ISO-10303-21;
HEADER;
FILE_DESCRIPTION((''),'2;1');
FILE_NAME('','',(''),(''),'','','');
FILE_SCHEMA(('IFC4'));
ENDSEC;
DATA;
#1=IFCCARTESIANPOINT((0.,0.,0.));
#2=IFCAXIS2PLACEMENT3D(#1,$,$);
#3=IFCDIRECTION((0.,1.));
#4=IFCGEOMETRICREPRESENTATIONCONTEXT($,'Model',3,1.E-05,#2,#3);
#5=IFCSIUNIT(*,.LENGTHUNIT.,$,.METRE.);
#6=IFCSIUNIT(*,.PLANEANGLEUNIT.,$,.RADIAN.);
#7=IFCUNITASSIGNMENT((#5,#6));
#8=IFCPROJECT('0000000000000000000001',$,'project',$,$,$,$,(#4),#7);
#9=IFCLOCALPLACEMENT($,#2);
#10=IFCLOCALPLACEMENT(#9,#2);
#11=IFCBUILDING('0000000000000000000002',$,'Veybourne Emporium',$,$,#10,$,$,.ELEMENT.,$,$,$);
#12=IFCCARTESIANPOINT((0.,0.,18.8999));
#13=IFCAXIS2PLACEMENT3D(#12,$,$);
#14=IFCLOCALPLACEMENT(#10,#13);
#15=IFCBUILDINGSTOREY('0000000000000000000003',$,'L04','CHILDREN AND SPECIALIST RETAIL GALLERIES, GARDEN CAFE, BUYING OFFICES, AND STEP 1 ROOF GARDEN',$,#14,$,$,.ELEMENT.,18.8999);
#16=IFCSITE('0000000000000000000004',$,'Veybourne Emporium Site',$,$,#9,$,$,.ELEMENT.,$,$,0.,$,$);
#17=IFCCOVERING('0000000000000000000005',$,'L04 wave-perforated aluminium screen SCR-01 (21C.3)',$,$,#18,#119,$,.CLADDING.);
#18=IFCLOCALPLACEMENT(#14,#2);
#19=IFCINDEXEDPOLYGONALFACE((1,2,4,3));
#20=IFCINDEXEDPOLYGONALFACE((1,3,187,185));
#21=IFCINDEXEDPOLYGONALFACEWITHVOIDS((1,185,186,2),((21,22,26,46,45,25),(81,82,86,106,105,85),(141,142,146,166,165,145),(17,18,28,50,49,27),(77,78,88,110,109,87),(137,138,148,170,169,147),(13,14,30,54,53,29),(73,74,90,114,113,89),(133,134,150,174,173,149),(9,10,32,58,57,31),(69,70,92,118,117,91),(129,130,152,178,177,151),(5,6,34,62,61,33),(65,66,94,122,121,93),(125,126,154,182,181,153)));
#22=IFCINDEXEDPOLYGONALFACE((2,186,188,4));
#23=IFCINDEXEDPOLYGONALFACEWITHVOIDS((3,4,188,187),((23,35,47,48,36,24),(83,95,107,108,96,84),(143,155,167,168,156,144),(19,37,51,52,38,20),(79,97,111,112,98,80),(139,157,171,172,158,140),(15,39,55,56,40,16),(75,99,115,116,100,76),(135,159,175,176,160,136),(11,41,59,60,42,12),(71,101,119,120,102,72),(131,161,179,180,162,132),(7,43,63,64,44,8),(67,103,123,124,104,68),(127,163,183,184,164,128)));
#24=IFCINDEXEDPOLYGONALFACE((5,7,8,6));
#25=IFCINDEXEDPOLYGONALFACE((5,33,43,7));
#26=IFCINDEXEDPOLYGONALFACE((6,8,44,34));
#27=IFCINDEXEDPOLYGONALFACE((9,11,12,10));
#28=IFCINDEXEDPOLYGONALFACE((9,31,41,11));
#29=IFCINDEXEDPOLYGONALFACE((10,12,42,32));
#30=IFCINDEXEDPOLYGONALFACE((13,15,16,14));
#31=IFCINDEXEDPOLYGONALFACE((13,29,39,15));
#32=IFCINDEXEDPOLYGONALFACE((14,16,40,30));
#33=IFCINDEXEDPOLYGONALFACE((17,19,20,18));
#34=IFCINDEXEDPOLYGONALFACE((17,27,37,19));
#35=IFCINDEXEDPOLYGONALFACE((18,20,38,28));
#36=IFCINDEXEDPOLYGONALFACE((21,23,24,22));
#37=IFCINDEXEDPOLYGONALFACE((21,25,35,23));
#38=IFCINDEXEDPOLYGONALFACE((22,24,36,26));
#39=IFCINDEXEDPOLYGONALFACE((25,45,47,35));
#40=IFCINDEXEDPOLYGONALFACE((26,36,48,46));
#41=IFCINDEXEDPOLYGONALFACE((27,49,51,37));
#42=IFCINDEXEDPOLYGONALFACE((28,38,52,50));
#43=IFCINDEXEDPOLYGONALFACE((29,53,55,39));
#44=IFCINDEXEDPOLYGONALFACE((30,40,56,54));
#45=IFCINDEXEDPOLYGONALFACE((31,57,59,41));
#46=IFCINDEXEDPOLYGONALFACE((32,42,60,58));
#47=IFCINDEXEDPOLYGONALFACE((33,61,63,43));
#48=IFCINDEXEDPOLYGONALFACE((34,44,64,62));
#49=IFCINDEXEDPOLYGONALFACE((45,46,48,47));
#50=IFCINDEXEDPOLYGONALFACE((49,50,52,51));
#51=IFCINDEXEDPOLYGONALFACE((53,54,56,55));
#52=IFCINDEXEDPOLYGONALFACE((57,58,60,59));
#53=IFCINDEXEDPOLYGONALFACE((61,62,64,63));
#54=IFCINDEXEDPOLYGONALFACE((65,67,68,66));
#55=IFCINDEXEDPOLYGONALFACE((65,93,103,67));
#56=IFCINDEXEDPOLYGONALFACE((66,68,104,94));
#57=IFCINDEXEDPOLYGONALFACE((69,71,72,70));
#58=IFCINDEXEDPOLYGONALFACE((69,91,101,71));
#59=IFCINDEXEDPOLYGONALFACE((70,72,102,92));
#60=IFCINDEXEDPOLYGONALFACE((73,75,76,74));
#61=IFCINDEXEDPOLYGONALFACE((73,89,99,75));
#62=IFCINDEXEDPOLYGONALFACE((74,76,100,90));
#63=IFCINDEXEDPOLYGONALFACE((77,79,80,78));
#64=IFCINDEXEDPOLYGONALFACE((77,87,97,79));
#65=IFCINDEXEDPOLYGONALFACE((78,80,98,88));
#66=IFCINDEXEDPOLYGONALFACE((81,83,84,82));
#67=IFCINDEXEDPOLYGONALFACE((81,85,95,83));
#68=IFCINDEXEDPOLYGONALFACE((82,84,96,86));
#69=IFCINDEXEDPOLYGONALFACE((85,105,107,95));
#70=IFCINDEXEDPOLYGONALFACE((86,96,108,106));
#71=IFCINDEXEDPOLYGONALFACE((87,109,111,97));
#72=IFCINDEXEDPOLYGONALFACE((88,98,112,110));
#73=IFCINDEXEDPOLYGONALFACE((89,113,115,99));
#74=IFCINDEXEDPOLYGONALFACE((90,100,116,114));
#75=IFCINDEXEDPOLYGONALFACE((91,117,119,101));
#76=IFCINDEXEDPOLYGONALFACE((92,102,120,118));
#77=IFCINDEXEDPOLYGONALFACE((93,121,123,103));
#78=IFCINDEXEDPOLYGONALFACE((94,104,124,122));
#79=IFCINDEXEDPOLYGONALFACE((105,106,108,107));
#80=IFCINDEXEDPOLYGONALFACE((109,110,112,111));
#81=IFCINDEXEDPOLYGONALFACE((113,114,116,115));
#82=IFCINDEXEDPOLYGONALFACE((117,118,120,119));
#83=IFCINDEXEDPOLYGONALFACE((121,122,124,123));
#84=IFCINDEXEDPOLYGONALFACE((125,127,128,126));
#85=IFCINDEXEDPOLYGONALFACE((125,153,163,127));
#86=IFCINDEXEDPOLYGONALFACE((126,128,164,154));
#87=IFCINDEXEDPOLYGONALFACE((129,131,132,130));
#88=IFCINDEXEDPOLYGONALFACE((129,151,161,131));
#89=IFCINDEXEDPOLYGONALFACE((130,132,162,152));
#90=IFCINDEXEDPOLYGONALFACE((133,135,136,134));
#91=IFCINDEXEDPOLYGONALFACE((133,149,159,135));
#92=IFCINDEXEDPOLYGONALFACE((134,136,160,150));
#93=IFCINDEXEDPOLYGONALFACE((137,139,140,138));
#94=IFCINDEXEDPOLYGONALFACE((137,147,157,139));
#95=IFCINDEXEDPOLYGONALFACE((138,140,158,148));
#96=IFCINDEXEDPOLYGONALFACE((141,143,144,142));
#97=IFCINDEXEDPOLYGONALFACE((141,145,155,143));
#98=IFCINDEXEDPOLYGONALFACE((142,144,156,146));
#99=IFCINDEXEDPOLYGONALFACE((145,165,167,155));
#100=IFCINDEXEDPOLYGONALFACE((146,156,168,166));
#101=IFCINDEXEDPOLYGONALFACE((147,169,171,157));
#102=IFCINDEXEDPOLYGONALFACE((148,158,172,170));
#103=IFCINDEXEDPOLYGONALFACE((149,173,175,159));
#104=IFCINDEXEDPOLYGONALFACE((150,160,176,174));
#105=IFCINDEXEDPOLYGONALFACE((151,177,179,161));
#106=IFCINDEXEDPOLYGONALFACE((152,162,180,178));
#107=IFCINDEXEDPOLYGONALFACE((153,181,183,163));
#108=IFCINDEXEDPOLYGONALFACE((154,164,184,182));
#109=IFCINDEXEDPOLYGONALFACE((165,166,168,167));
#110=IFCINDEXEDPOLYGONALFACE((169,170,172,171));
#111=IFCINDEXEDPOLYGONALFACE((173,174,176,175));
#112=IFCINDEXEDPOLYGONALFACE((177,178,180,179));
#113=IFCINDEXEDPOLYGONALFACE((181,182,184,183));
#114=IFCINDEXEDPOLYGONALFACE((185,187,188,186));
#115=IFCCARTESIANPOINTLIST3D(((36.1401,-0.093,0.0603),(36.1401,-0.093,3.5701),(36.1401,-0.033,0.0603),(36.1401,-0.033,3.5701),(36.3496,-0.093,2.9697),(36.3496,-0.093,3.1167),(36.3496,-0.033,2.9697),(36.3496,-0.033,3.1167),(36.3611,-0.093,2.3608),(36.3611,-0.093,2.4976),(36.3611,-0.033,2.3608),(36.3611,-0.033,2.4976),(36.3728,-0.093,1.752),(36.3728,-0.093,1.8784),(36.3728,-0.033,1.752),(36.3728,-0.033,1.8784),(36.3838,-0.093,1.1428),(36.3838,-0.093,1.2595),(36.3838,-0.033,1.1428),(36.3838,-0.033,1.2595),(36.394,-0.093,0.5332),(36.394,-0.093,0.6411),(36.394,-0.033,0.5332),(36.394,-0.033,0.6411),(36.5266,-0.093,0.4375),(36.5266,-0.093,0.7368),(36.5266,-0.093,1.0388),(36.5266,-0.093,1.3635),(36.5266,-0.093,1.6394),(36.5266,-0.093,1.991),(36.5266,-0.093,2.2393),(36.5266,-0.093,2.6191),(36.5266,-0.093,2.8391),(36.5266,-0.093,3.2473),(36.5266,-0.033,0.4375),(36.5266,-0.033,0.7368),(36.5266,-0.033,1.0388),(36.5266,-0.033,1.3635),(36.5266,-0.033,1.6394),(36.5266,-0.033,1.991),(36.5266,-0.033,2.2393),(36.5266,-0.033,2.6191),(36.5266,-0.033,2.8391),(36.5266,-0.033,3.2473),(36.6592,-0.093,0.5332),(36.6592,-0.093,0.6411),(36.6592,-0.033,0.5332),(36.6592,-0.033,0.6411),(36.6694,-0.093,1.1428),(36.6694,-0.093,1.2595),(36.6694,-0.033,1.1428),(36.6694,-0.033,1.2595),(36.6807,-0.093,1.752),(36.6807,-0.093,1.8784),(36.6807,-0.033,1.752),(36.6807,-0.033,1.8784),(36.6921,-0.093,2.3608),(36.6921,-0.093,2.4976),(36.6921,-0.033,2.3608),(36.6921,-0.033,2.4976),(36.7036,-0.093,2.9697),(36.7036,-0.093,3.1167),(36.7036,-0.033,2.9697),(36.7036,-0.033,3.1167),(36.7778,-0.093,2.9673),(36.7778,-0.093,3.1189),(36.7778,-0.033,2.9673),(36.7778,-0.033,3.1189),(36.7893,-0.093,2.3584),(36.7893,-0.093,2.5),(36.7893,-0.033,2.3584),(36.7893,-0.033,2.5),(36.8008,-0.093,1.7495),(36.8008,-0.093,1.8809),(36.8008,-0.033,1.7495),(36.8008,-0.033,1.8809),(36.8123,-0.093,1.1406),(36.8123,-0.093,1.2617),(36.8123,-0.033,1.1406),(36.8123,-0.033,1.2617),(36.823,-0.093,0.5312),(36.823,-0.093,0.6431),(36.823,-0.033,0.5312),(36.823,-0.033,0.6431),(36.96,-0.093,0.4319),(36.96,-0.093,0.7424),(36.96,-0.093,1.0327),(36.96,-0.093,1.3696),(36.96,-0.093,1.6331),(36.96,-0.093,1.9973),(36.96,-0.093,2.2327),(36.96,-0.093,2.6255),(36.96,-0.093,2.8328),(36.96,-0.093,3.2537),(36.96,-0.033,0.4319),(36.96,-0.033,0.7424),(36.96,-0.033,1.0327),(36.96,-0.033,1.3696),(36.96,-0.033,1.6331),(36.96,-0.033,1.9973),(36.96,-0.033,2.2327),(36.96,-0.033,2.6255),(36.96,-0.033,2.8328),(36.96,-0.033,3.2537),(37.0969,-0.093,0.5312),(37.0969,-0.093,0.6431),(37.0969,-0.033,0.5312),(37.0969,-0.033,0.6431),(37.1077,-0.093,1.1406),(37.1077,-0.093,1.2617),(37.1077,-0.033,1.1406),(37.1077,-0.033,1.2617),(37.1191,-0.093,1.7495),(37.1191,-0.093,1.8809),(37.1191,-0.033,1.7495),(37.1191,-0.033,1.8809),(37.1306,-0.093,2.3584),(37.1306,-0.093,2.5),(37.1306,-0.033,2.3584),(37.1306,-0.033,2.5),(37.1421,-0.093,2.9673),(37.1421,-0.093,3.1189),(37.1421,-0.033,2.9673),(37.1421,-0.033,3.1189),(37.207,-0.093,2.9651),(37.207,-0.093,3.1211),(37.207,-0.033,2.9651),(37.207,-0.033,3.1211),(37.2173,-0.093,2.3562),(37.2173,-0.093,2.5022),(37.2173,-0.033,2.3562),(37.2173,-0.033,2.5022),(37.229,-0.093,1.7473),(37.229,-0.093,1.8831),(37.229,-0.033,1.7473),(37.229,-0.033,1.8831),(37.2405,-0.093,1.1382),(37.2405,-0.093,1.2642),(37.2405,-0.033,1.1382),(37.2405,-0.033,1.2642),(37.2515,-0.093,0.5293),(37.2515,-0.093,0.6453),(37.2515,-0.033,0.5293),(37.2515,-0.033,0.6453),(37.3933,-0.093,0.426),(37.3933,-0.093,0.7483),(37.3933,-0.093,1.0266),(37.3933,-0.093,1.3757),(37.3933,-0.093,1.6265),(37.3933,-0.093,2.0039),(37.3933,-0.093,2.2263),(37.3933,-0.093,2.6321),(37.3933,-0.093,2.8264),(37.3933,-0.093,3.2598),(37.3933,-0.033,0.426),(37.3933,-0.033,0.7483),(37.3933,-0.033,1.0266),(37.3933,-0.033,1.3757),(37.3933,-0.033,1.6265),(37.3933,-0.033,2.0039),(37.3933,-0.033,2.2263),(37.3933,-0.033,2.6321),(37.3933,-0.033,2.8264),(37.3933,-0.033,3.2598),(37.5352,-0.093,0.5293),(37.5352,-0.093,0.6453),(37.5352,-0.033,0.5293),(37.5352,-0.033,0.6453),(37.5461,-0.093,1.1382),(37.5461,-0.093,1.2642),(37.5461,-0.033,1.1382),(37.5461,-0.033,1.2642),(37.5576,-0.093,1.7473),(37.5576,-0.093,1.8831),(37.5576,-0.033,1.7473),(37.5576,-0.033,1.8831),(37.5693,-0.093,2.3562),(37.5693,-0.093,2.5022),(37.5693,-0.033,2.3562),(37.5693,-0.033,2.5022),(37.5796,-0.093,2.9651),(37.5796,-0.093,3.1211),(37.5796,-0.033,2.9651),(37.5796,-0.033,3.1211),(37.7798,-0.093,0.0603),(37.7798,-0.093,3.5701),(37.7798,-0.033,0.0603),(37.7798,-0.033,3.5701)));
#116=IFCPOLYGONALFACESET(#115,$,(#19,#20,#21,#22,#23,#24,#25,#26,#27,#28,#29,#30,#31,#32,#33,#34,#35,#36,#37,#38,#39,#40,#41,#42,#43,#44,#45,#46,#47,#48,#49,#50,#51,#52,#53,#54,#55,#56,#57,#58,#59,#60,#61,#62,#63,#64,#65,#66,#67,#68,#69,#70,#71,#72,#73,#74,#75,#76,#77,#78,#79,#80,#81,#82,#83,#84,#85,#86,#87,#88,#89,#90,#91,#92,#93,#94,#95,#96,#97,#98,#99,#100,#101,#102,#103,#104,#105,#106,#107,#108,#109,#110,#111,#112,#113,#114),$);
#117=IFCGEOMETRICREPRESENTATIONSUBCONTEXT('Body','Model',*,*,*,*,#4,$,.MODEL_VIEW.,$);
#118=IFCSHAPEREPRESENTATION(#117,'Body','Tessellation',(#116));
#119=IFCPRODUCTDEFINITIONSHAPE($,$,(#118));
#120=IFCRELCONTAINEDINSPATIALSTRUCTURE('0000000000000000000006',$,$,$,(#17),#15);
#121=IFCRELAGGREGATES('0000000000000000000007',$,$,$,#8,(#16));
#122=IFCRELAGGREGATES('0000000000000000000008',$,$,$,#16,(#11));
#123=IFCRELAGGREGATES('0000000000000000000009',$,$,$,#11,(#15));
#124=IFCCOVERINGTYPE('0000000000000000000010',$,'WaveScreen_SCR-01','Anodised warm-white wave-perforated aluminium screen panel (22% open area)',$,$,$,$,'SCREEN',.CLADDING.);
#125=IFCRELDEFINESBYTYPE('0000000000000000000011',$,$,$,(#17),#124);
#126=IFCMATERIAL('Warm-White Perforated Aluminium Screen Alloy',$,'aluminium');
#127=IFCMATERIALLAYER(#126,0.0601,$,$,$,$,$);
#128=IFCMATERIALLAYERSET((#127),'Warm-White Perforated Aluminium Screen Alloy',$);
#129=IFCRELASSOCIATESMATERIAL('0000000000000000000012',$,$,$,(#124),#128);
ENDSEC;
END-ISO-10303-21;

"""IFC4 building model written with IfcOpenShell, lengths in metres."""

from ifc_helpers import new_model, si_unit, direction, frame, origin, place, context, subcontext, project, spatial, polyline, outline, extrude, material, layer, layer_set, type_object, element, save


model = new_model("IFC4")

# Units and contexts
model_context = context("Model", 3, precision=1e-05, world=origin(), true_north=direction((0.0, 1.0)))
body_context = subcontext(model_context, "Body", "Model", "MODEL_VIEW")
ifc_project = project(units=[si_unit("LENGTHUNIT", "METRE"), si_unit("PLANEANGLEUNIT", "RADIAN")], contexts=[model_context])

# Site, building, storey
site_placement = place(None, origin())
site = spatial("IfcSite", under=ifc_project, at=site_placement, Name="Veybourne Emporium Site", CompositionType="ELEMENT", RefElevation=0.0)
building_placement = place(site_placement, origin())
building = spatial("IfcBuilding", under=site, at=building_placement, Name="Veybourne Emporium", CompositionType="ELEMENT")
storey_placement = place(building_placement, frame((0.0, 0.0, 18.8999)))
storey = spatial("IfcBuildingStorey", under=building, at=storey_placement, Name="L04", Description="CHILDREN AND SPECIALIST RETAIL GALLERIES, GARDEN CAFE, BUYING OFFICES, AND STEP 1 ROOF GARDEN", CompositionType="ELEMENT", Elevation=18.8999)

# Covering
ifc_material_1 = material(Name="Warm-White Perforated Aluminium Screen Alloy", Category="aluminium")
ifc_layer_1 = layer(ifc_material_1, 0.0601)
ifc_layer_set_1 = layer_set([ifc_layer_1], Name="Warm-White Perforated Aluminium Screen Alloy")
covering_type_1 = type_object("IfcCoveringType", Name="WaveScreen_SCR-01", Description="Anodised warm-white wave-perforated aluminium screen panel (22% open area)", ElementType="SCREEN", PredefinedType="CLADDING", material=ifc_layer_set_1)
covering_1_placement = place(storey_placement, frame((36.96, -0.093, 1.8152), z_axis=(0.0, 1.0, 0.0), x_axis=(-1.0, 0.0, 0.0)))
element("IfcCovering", 1, at=covering_1_placement, inside=storey, type_object=covering_type_1, Name="L04 wave-perforated aluminium screen SCR-01 (21C.3)", PredefinedType="CLADDING", context=body_context, shape_type="SweptSolid", body=[
    extrude(outline(polyline([(-0.8198, -1.7549), (0.8198, -1.7549), (0.8198, 1.7549), (-0.8198, 1.7549), (-0.8198, -1.7549)]), holes=[polyline([(-0.4333, -1.0669), (-0.2915, -1.1699), (-0.2915, -1.2859), (-0.4333, -1.3892), (-0.5752, -1.2859), (-0.5752, -1.1699), (-0.4333, -1.0669)]), polyline([(-0.4333, -0.4395), (-0.2805, -0.551), (-0.2805, -0.677), (-0.4333, -0.7886), (-0.5862, -0.677), (-0.5862, -0.551), (-0.4333, -0.4395)]), polyline([(-0.4333, 0.1887), (-0.269, 0.0679), (-0.269, -0.0679), (-0.4333, -0.1887), (-0.5977, -0.0679), (-0.5977, 0.0679), (-0.4333, 0.1887)]), polyline([(-0.4333, 0.8169), (-0.2573, 0.687), (-0.2573, 0.541), (-0.4333, 0.4111), (-0.6094, 0.541), (-0.6094, 0.687), (-0.4333, 0.8169)]), polyline([(-0.4333, 1.4446), (-0.2471, 1.3059), (-0.2471, 1.1499), (-0.4333, 1.0112), (-0.6196, 1.1499), (-0.6196, 1.3059), (-0.4333, 1.4446)]), polyline([(0.0, -1.0728), (0.137, -1.1721), (0.137, -1.2839), (0.0, -1.3833), (-0.137, -1.2839), (-0.137, -1.1721), (0.0, -1.0728)]), polyline([(0.0, -0.4456), (0.1477, -0.5535), (0.1477, -0.6746), (0.0, -0.7825), (-0.1477, -0.6746), (-0.1477, -0.5535), (0.0, -0.4456)]), polyline([(0.0, 0.1821), (0.1592, 0.0657), (0.1592, -0.0657), (0.0, -0.1821), (-0.1592, -0.0657), (-0.1592, 0.0657), (0.0, 0.1821)]), polyline([(0.0, 0.8103), (0.1707, 0.6848), (0.1707, 0.5432), (0.0, 0.4175), (-0.1707, 0.5432), (-0.1707, 0.6848), (0.0, 0.8103)]), polyline([(0.0, 1.4385), (0.1821, 1.3037), (0.1821, 1.1521), (0.0, 1.0176), (-0.1821, 1.1521), (-0.1821, 1.3037), (0.0, 1.4385)]), polyline([(0.4333, -1.0784), (0.5659, -1.1741), (0.5659, -1.282), (0.4333, -1.3777), (0.3008, -1.282), (0.3008, -1.1741), (0.4333, -1.0784)]), polyline([(0.4333, -0.4517), (0.5762, -0.5557), (0.5762, -0.6724), (0.4333, -0.7764), (0.2905, -0.6724), (0.2905, -0.5557), (0.4333, -0.4517)]), polyline([(0.4333, 0.1758), (0.5872, 0.0632), (0.5872, -0.0632), (0.4333, -0.1758), (0.2793, -0.0632), (0.2793, 0.0632), (0.4333, 0.1758)]), polyline([(0.4333, 0.804), (0.5989, 0.6824), (0.5989, 0.5457), (0.4333, 0.4241), (0.2678, 0.5457), (0.2678, 0.6824), (0.4333, 0.804)]), polyline([(0.4333, 1.4321), (0.6104, 1.3015), (0.6104, 1.1545), (0.4333, 1.0239), (0.2563, 1.1545), (0.2563, 1.3015), (0.4333, 1.4321)])]), origin(), (0.0, 0.0, 1.0), 0.0601),
])

save(model, "model.ifc")
